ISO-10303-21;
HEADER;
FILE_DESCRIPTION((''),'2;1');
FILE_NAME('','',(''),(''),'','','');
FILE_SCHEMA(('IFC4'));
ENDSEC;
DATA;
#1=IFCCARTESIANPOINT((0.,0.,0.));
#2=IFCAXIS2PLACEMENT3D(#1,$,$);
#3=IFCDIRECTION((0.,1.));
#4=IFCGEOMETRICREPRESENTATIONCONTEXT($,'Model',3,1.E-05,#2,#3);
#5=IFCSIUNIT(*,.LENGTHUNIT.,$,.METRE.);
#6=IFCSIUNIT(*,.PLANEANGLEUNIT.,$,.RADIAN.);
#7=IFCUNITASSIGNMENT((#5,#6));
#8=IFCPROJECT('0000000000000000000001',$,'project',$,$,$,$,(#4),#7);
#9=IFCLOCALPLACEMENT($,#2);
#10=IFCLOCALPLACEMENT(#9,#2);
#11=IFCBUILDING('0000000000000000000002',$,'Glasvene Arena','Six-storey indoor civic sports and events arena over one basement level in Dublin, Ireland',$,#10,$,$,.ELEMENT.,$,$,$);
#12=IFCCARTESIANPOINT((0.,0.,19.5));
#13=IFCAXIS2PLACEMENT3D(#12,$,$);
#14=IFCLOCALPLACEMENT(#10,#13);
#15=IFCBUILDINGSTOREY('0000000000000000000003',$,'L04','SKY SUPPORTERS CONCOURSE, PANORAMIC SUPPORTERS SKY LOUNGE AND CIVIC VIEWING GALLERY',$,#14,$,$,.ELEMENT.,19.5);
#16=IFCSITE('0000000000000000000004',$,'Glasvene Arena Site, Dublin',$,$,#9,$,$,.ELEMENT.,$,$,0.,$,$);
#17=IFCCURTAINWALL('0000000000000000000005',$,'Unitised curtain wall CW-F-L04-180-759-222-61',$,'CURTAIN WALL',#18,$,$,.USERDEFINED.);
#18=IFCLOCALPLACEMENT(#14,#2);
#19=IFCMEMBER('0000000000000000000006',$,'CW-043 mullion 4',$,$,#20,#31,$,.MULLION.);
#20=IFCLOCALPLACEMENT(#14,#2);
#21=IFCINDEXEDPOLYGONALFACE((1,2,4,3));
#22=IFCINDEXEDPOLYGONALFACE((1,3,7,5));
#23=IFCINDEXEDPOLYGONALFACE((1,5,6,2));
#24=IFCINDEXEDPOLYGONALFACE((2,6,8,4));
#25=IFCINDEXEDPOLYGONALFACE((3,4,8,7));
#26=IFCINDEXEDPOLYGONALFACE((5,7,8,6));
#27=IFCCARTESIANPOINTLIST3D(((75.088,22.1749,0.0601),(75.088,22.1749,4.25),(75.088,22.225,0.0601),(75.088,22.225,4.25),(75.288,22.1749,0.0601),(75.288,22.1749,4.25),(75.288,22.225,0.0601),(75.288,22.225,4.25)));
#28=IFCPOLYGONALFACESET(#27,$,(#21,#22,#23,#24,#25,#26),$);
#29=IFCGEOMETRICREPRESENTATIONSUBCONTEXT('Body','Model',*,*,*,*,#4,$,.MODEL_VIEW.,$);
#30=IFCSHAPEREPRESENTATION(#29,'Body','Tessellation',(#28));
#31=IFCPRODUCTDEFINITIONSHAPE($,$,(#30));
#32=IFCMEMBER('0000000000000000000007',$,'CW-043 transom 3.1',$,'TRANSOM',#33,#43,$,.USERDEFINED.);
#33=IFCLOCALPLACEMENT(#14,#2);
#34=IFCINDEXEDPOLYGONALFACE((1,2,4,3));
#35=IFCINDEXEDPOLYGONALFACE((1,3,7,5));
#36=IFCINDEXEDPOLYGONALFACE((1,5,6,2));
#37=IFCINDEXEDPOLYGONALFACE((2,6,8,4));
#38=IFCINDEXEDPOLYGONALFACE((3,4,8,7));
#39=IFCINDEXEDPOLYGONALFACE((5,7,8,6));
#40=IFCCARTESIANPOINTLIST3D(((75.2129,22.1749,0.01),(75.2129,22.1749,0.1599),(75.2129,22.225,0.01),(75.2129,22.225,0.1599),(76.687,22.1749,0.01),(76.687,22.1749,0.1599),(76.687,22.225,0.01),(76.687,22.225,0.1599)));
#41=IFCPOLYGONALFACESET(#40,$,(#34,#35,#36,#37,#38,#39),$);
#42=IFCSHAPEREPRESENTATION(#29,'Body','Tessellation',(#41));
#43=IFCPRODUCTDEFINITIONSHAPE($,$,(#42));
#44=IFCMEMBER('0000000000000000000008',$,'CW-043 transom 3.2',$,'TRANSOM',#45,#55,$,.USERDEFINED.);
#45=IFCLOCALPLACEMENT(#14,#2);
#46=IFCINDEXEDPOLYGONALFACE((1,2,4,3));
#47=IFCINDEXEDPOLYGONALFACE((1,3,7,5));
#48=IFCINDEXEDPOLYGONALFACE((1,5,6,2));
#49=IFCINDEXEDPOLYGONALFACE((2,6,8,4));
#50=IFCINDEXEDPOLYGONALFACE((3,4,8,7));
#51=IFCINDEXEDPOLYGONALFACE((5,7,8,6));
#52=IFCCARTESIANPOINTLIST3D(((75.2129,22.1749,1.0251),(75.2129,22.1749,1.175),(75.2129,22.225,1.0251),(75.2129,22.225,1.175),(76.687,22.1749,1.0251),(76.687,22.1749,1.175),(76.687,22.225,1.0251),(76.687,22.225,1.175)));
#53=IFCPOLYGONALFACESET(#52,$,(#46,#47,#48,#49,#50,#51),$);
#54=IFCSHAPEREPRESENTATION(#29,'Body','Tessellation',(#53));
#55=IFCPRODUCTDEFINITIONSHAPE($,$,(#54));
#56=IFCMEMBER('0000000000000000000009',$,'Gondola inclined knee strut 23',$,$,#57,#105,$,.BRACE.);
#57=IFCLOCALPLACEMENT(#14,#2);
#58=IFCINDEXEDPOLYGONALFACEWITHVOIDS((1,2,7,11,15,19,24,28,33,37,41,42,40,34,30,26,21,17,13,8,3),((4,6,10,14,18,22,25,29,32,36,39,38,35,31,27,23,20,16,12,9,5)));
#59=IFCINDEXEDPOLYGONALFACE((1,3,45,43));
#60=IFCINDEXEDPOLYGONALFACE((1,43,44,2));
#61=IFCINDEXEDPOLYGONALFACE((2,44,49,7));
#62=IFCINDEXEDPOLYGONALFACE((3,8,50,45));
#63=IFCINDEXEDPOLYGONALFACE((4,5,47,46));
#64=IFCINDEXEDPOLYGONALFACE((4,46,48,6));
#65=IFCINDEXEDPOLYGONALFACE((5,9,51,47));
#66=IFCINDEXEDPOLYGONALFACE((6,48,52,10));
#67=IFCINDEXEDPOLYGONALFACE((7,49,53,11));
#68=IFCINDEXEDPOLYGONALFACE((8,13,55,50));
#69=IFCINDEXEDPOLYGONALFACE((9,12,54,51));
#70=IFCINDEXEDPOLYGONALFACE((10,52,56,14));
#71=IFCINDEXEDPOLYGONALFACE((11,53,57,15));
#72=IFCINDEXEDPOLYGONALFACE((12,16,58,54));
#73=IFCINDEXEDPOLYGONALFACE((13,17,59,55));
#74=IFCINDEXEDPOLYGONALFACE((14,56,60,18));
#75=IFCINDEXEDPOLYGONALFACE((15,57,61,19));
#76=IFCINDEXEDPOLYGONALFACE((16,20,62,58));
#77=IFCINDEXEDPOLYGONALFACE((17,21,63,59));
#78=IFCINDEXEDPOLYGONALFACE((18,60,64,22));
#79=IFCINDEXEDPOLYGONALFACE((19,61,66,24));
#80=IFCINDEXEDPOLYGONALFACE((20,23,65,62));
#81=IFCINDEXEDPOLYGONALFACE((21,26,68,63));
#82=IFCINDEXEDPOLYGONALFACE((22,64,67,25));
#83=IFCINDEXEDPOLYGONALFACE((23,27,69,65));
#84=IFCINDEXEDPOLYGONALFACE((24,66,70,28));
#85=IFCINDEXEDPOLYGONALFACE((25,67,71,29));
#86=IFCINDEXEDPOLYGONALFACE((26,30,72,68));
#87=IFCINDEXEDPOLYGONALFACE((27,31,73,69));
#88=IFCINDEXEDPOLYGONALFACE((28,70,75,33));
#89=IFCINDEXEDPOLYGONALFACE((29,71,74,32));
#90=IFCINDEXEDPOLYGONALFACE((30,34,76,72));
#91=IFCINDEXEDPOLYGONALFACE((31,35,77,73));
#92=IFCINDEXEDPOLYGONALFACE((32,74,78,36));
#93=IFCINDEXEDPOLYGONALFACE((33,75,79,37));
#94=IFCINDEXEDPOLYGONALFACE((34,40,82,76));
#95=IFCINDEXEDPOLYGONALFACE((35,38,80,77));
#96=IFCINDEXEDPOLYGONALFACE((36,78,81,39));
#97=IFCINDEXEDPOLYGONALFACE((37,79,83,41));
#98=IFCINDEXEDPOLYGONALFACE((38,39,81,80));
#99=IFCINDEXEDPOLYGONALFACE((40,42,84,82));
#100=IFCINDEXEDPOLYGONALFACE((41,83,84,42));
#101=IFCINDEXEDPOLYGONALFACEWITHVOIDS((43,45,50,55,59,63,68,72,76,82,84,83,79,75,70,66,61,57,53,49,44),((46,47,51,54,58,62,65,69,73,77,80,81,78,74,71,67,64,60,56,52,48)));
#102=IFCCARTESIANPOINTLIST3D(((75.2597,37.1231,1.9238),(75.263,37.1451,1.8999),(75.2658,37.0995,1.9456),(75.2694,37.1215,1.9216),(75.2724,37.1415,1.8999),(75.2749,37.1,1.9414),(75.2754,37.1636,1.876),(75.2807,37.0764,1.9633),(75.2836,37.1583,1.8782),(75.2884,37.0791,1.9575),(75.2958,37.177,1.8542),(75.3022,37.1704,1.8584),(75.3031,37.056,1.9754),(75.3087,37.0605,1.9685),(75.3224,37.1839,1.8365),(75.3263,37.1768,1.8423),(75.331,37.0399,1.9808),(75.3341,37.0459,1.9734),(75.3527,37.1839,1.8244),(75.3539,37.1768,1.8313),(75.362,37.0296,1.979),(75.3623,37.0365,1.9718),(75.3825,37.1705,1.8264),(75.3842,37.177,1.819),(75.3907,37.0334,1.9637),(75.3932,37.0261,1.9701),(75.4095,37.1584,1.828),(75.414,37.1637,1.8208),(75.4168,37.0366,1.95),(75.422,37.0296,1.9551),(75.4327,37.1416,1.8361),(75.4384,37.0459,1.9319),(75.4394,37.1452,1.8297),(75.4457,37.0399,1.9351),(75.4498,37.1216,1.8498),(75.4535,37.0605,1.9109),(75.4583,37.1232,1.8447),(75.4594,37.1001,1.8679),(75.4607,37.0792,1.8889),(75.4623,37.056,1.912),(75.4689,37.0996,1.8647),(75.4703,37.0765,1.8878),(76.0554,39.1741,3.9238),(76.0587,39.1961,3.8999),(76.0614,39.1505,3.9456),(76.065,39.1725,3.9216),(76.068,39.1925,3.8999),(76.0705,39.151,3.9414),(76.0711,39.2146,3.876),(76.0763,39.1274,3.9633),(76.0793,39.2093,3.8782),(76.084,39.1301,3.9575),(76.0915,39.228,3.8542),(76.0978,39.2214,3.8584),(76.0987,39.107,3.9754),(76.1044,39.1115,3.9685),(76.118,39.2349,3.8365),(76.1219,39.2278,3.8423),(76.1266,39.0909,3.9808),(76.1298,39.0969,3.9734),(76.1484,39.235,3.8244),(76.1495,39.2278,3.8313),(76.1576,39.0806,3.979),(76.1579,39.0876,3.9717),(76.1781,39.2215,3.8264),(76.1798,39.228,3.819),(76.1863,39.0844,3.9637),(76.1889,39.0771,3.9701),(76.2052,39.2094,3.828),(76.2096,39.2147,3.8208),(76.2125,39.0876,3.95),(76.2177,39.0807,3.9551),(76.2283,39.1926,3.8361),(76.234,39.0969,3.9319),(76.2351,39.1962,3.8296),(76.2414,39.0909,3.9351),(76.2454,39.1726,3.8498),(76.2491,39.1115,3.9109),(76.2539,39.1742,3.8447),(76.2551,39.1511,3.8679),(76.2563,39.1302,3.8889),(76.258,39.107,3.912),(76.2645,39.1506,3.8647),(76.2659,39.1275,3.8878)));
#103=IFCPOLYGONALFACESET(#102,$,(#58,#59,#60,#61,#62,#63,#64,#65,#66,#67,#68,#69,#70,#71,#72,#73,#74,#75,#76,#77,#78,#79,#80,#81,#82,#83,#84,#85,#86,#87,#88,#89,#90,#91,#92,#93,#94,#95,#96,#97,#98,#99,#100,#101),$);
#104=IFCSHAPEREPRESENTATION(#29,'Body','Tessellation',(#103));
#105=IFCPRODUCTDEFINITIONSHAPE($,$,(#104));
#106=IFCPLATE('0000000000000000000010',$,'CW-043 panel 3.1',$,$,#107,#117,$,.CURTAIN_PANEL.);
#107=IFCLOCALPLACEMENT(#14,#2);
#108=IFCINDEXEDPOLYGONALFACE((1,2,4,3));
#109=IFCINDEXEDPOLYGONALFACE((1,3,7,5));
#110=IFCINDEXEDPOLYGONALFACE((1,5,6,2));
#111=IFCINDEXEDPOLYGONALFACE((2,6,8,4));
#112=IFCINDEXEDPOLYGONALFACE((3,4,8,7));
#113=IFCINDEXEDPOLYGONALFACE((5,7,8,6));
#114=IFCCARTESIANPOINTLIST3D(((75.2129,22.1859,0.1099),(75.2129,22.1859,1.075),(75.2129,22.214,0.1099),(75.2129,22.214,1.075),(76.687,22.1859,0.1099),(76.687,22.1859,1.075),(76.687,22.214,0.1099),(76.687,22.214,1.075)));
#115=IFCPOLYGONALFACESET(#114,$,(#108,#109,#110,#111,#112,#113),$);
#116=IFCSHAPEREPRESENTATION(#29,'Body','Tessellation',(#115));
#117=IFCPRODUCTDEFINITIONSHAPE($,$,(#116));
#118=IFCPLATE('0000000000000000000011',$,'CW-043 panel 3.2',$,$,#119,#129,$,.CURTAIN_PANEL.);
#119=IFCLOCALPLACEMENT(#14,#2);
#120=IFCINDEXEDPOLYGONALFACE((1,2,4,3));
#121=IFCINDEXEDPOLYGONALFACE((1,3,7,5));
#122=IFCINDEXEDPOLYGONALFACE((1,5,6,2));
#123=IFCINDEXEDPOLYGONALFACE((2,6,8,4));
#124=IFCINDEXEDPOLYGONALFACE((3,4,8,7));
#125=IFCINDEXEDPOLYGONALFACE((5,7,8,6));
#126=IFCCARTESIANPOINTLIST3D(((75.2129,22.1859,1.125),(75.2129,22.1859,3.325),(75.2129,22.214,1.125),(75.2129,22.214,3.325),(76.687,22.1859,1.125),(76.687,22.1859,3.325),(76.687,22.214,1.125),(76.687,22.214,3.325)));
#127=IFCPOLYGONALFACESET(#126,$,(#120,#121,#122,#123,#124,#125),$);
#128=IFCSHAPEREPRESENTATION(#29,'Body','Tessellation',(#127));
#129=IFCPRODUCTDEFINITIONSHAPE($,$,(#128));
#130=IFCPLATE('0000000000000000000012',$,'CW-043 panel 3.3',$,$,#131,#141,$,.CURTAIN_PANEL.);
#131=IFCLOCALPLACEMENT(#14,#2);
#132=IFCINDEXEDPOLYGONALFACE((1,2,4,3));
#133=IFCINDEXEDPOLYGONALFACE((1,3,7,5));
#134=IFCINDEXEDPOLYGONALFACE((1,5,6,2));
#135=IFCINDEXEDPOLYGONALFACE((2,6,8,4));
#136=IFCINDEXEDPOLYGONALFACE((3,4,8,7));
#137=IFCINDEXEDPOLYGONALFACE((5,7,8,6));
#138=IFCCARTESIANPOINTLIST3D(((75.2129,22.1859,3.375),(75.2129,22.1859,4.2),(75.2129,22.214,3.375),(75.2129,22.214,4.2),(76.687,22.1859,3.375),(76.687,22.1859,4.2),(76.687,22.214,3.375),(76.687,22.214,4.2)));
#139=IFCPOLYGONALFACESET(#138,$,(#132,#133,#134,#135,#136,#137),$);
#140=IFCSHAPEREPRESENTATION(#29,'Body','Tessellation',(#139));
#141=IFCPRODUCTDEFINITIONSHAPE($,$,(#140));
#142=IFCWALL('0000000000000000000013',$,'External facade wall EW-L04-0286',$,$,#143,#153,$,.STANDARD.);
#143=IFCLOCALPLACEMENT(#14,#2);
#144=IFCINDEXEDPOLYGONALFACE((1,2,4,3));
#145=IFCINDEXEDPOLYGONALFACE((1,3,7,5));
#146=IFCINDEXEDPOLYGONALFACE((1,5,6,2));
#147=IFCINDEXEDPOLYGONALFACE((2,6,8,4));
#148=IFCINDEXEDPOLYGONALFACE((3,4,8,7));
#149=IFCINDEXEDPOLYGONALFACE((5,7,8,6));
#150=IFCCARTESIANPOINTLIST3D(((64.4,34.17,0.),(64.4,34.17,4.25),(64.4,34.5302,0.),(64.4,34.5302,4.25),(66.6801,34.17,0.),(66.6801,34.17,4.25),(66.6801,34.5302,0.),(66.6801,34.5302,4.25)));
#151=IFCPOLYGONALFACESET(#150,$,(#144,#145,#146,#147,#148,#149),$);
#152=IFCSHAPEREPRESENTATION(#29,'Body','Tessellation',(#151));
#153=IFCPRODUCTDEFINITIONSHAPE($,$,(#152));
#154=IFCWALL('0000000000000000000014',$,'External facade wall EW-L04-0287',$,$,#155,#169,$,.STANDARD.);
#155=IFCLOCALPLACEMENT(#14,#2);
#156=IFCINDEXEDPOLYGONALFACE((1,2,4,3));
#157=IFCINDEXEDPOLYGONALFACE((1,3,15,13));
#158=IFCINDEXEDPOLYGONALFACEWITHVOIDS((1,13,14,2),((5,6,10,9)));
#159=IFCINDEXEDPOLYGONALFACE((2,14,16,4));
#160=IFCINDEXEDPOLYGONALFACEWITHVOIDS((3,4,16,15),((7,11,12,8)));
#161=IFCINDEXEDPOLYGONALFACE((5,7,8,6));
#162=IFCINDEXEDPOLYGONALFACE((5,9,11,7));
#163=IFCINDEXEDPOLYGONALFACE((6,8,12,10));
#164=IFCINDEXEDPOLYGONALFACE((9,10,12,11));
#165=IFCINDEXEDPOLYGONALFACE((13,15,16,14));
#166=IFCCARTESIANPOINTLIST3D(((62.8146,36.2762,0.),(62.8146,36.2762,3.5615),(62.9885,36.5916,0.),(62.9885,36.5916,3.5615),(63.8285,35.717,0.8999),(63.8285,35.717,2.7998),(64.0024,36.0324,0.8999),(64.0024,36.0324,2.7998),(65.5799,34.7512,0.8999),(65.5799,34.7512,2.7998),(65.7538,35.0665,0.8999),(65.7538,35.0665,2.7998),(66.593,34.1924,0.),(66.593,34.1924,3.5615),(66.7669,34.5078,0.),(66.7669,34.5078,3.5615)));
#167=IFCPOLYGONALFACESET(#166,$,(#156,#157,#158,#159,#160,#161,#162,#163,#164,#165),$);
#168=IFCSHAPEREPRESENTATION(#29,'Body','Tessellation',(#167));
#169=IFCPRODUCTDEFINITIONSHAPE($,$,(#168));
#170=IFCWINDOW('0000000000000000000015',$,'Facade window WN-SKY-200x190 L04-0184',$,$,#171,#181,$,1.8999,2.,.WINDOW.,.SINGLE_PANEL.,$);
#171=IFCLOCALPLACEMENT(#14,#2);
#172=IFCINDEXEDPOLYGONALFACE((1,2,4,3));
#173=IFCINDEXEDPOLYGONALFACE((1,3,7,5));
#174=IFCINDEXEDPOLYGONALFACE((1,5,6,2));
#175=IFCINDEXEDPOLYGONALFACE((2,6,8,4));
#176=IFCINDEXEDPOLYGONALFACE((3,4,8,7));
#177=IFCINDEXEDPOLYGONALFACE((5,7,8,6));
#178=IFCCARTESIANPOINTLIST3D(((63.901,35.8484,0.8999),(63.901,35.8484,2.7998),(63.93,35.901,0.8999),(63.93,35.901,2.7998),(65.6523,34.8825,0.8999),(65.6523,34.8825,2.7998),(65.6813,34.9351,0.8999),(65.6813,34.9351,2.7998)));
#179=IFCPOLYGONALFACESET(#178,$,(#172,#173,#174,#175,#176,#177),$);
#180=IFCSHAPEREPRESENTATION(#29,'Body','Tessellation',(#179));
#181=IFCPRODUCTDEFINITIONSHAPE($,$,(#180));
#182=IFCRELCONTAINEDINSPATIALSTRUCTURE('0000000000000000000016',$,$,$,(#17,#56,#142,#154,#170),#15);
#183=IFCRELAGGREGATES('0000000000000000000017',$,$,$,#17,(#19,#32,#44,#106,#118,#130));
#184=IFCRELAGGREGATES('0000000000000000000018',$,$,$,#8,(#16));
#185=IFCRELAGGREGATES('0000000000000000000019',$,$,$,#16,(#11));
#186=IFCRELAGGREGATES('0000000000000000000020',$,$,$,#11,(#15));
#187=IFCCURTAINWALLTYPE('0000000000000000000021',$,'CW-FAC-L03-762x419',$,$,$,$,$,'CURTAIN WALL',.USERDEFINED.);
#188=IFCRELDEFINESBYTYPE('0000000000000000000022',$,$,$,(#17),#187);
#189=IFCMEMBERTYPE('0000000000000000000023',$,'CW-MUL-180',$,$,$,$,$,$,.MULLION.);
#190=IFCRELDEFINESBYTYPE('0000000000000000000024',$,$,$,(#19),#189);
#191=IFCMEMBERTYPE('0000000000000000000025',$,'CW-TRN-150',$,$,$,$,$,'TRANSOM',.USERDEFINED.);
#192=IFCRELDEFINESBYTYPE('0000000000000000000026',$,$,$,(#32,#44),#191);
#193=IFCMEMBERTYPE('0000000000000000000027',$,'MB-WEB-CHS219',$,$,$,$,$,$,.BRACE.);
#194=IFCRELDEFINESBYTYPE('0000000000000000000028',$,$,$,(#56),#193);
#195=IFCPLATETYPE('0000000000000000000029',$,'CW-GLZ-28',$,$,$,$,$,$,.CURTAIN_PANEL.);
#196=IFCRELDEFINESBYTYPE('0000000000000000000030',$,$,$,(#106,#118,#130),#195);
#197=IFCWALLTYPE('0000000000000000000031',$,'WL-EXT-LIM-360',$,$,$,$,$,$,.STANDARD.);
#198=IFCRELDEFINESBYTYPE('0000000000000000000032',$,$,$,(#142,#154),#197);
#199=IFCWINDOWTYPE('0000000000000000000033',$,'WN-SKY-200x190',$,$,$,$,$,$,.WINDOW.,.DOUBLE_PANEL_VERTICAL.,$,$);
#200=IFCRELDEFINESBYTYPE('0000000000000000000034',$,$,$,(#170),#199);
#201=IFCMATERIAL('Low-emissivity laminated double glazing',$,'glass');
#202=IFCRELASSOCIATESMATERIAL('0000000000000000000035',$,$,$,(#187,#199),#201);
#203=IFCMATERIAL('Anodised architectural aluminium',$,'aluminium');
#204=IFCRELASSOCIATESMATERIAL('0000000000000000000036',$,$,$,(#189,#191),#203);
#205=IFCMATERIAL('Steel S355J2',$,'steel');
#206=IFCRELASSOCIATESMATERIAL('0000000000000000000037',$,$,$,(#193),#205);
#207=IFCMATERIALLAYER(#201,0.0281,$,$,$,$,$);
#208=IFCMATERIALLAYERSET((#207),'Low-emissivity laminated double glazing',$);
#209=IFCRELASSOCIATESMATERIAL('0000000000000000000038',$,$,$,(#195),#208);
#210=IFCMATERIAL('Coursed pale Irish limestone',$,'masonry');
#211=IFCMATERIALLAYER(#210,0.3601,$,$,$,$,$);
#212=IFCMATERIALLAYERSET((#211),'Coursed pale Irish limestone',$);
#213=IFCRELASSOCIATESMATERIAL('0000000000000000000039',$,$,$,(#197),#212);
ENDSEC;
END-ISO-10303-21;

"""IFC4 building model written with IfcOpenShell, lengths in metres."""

from ifc_helpers import new_model, si_unit, direction, frame, frame_2d, origin, origin_2d, place, context, subcontext, project, spatial, rectangle, hollow_circle, extrude, material, layer, layer_set, material_profile, profile_set, type_object, element, fill, aggregate, save


model = new_model("IFC4")

# Units and contexts
model_context = context("Model", 3, precision=1e-05, world=origin(), true_north=direction((0.0, 1.0)))
body_context = subcontext(model_context, "Body", "Model", "MODEL_VIEW")
ifc_project = project(units=[si_unit("LENGTHUNIT", "METRE"), si_unit("PLANEANGLEUNIT", "RADIAN")], contexts=[model_context])

# Site, building, storey
site_placement = place(None, origin())
site = spatial("IfcSite", under=ifc_project, at=site_placement, Name="Glasvene Arena Site, Dublin", CompositionType="ELEMENT", RefElevation=0.0)
building_placement = place(site_placement, origin())
building = spatial("IfcBuilding", under=site, at=building_placement, Name="Glasvene Arena", Description="Six-storey indoor civic sports and events arena over one basement level in Dublin, Ireland", CompositionType="ELEMENT")
storey_placement = place(building_placement, frame((0.0, 0.0, 19.5)))
storey = spatial("IfcBuildingStorey", under=building, at=storey_placement, Name="L04", Description="SKY SUPPORTERS CONCOURSE, PANORAMIC SUPPORTERS SKY LOUNGE AND CIVIC VIEWING GALLERY", CompositionType="ELEMENT", Elevation=19.5)

# Shared definitions
ifc_material_1 = material(Name="Steel S355J2", Category="steel")

# Curtain wall, members
ifc_material_2 = material(Name="Low-emissivity laminated double glazing", Category="glass")
curtain_wall_type = type_object("IfcCurtainWallType", Name="CW-FAC-L03-762x419", ElementType="CURTAIN WALL", PredefinedType="USERDEFINED", material=ifc_material_2)
curtain_wall_placement = place(storey_placement, frame((79.76, 22.2, 0.0)))
curtain_wall = element("IfcCurtainWall", 1, at=curtain_wall_placement, inside=storey, type_object=curtain_wall_type, Name="Unitised curtain wall CW-F-L04-180-759-222-61", ObjectType="CURTAIN WALL", PredefinedType="USERDEFINED")
ifc_material_3 = material(Name="Anodised architectural aluminium", Category="aluminium")
ifc_material_profile_1 = material_profile(ifc_material_3, rectangle(XDim=0.05, YDim=0.2, at=origin_2d()), Name="ALU MULLION 50x200")
ifc_profile_set_1 = profile_set([ifc_material_profile_1], Name="Anodised architectural aluminium")
member_type_1 = type_object("IfcMemberType", Name="CW-MUL-180", PredefinedType="MULLION", material=ifc_profile_set_1)
member_1_placement = place(storey_placement, frame((75.188, 22.2, 0.0601), z_axis=(0.0, 0.0, 1.0), x_axis=(0.0, -1.0, 0.0)))
member_1 = element("IfcMember", 2, at=member_1_placement, type_object=member_type_1, Name="CW-043 mullion 4", PredefinedType="MULLION", context=body_context, shape_type="SweptSolid", body=[
    extrude(rectangle(XDim=0.05, YDim=0.2, at=origin_2d()), origin(), (0.0, 0.0, 1.0), 4.1899),
])
ifc_material_profile_2 = material_profile(ifc_material_3, rectangle(XDim=0.05, YDim=0.1499, at=origin_2d()), Name="ALU TRANSOM 50x150")
ifc_profile_set_2 = profile_set([ifc_material_profile_2], Name="Anodised architectural aluminium")
member_type_2 = type_object("IfcMemberType", Name="CW-TRN-150", ElementType="TRANSOM", PredefinedType="USERDEFINED", material=ifc_profile_set_2)
member_2_placement = place(storey_placement, frame((76.687, 22.2, 0.085), z_axis=(-1.0, 0.0, 0.0), x_axis=(0.0, -1.0, 0.0)))
member_2 = element("IfcMember", 3, at=member_2_placement, type_object=member_type_2, Name="CW-043 transom 3.1", ObjectType="TRANSOM", PredefinedType="USERDEFINED", context=body_context, shape_type="SweptSolid", body=[
    extrude(rectangle(XDim=0.05, YDim=0.1499, at=origin_2d()), origin(), (0.0, 0.0, 1.0), 1.4741),
])
member_3_placement = place(storey_placement, frame((76.687, 22.2, 1.1001), z_axis=(-1.0, 0.0, 0.0), x_axis=(0.0, -1.0, 0.0)))
member_3 = element("IfcMember", 4, at=member_3_placement, type_object=member_type_2, Name="CW-043 transom 3.2", ObjectType="TRANSOM", PredefinedType="USERDEFINED", context=body_context, shape_type="SweptSolid", body=[
    extrude(rectangle(XDim=0.05, YDim=0.1499, at=origin_2d()), origin(), (0.0, 0.0, 1.0), 1.4741),
])

# Member
ifc_material_profile_3 = material_profile(ifc_material_1, hollow_circle(Radius=0.1096, WallThickness=0.01, at=origin_2d()), Name="CHS 219.1x10.0")
ifc_profile_set_3 = profile_set([ifc_material_profile_3], Name="Steel S355J2")
member_type_3 = type_object("IfcMemberType", Name="MB-WEB-CHS219", PredefinedType="BRACE", material=ifc_profile_set_3)
member_4_placement = place(storey_placement, frame((75.3652, 37.1055, 1.8999), z_axis=(0.267611, 0.689843, 0.672682), x_axis=(-0.932306, 0.36167, 0.0)))
element("IfcMember", 5, at=member_4_placement, inside=storey, type_object=member_type_3, Name="Gondola inclined knee strut 23", PredefinedType="BRACE", context=body_context, shape_type="SweptSolid", body=[
    extrude(hollow_circle(Radius=0.1096, WallThickness=0.01, at=origin_2d()), origin(), (0.0, 0.0, 1.0), 2.9731),
])

# Plates
ifc_layer_1 = layer(ifc_material_2, 0.0281)
ifc_layer_set_1 = layer_set([ifc_layer_1], Name="Low-emissivity laminated double glazing")
plate_type = type_object("IfcPlateType", Name="CW-GLZ-28", PredefinedType="CURTAIN_PANEL", material=ifc_layer_set_1)
plate_1_placement = place(storey_placement, frame((75.95, 22.2, 0.1099), z_axis=(0.0, 0.0, 1.0), x_axis=(-1.0, 0.0, 0.0)))
plate_1 = element("IfcPlate", 6, at=plate_1_placement, type_object=plate_type, Name="CW-043 panel 3.1", PredefinedType="CURTAIN_PANEL", context=body_context, shape_type="SweptSolid", body=[
    extrude(rectangle(XDim=1.4741, YDim=0.0281, at=origin_2d()), origin(), (0.0, 0.0, 1.0), 0.9651),
])
plate_2_placement = place(storey_placement, frame((75.95, 22.2, 1.125), z_axis=(0.0, 0.0, 1.0), x_axis=(-1.0, 0.0, 0.0)))
plate_2 = element("IfcPlate", 7, at=plate_2_placement, type_object=plate_type, Name="CW-043 panel 3.2", PredefinedType="CURTAIN_PANEL", context=body_context, shape_type="SweptSolid", body=[
    extrude(rectangle(XDim=1.4741, YDim=0.0281, at=origin_2d()), origin(), (0.0, 0.0, 1.0), 2.2),
])
plate_3_placement = place(storey_placement, frame((75.95, 22.2, 3.375), z_axis=(0.0, 0.0, 1.0), x_axis=(-1.0, 0.0, 0.0)))
plate_3 = element("IfcPlate", 8, at=plate_3_placement, type_object=plate_type, Name="CW-043 panel 3.3", PredefinedType="CURTAIN_PANEL", context=body_context, shape_type="SweptSolid", body=[
    extrude(rectangle(XDim=1.4741, YDim=0.0281, at=origin_2d()), origin(), (0.0, 0.0, 1.0), 0.825),
])
aggregate(curtain_wall, [member_1, member_2, member_3, plate_1, plate_2, plate_3])

# Wall
ifc_material_4 = material(Name="Coursed pale Irish limestone", Category="masonry")
ifc_layer_2 = layer(ifc_material_4, 0.3601)
ifc_layer_set_2 = layer_set([ifc_layer_2], Name="Coursed pale Irish limestone")
wall_type_1 = type_object("IfcWallType", Name="WL-EXT-LIM-360", PredefinedType="STANDARD", material=ifc_layer_set_2)
wall_1_placement = place(storey_placement, frame((64.3999, 34.3501, 0.0), z_axis=(0.0, 0.0, 1.0), x_axis=(1.0, 0.0, 0.0)))
element("IfcWall", 9, at=wall_1_placement, inside=storey, type_object=wall_type_1, Name="External facade wall EW-L04-0286", PredefinedType="STANDARD", context=body_context, shape_type="SweptSolid", body=[
    extrude(rectangle(XDim=2.28, YDim=0.3601, at=frame_2d((1.1401, 0.0))), origin(), (0.0, 0.0, 1.0), 4.25),
])

# Wall, opening, window
wall_2_placement = place(storey_placement, frame((66.6799, 34.3501, 0.0), z_axis=(0.0, 0.0, 1.0), x_axis=(-0.875661, 0.482926, 0.0)))
wall_2 = element("IfcWall", 10, at=wall_2_placement, inside=storey, type_object=wall_type_1, Name="External facade wall EW-L04-0287", PredefinedType="STANDARD", context=body_context, shape_type="SweptSolid", body=[
    extrude(rectangle(XDim=4.3149, YDim=0.3601, at=frame_2d((2.1575, 0.0))), origin(), (0.0, 0.0, 1.0), 3.5615),
])
opening_1_placement = place(wall_2_placement, frame((1.157, 0.0, 0.8999)))
opening_1 = element("IfcOpeningElement", 11, at=opening_1_placement, cuts=wall_2, PredefinedType="OPENING", context=body_context, shape_type="SweptSolid", body=[
    extrude(rectangle(XDim=2.0, YDim=1.8999, at=frame_2d((1.0, 0.95))), frame((0.0, 0.1899, 0.0), z_axis=(0.0, -1.0, 0.0), x_axis=(1.0, 0.0, 0.0)), (0.0, 0.0, 1.0), 0.3801),
])
window_type = type_object("IfcWindowType", Name="WN-SKY-200x190", PartitioningType="DOUBLE_PANEL_VERTICAL", PredefinedType="WINDOW", material=ifc_material_2)
window_placement = place(opening_1_placement, origin())
window = element("IfcWindow", 12, at=window_placement, inside=storey, type_object=window_type, Name="Facade window WN-SKY-200x190 L04-0184", OverallHeight=1.8999, OverallWidth=2.0, PartitioningType="SINGLE_PANEL", PredefinedType="WINDOW", context=body_context, shape_type="SweptSolid", body=[
    extrude(rectangle(XDim=2.0, YDim=1.8999, at=frame_2d((1.0, 0.95))), frame((0.0, 0.03, 0.0), z_axis=(0.0, -1.0, 0.0), x_axis=(1.0, 0.0, 0.0)), (0.0, 0.0, 1.0), 0.0601),
])
fill(opening_1, window)

save(model, "model.ifc")
